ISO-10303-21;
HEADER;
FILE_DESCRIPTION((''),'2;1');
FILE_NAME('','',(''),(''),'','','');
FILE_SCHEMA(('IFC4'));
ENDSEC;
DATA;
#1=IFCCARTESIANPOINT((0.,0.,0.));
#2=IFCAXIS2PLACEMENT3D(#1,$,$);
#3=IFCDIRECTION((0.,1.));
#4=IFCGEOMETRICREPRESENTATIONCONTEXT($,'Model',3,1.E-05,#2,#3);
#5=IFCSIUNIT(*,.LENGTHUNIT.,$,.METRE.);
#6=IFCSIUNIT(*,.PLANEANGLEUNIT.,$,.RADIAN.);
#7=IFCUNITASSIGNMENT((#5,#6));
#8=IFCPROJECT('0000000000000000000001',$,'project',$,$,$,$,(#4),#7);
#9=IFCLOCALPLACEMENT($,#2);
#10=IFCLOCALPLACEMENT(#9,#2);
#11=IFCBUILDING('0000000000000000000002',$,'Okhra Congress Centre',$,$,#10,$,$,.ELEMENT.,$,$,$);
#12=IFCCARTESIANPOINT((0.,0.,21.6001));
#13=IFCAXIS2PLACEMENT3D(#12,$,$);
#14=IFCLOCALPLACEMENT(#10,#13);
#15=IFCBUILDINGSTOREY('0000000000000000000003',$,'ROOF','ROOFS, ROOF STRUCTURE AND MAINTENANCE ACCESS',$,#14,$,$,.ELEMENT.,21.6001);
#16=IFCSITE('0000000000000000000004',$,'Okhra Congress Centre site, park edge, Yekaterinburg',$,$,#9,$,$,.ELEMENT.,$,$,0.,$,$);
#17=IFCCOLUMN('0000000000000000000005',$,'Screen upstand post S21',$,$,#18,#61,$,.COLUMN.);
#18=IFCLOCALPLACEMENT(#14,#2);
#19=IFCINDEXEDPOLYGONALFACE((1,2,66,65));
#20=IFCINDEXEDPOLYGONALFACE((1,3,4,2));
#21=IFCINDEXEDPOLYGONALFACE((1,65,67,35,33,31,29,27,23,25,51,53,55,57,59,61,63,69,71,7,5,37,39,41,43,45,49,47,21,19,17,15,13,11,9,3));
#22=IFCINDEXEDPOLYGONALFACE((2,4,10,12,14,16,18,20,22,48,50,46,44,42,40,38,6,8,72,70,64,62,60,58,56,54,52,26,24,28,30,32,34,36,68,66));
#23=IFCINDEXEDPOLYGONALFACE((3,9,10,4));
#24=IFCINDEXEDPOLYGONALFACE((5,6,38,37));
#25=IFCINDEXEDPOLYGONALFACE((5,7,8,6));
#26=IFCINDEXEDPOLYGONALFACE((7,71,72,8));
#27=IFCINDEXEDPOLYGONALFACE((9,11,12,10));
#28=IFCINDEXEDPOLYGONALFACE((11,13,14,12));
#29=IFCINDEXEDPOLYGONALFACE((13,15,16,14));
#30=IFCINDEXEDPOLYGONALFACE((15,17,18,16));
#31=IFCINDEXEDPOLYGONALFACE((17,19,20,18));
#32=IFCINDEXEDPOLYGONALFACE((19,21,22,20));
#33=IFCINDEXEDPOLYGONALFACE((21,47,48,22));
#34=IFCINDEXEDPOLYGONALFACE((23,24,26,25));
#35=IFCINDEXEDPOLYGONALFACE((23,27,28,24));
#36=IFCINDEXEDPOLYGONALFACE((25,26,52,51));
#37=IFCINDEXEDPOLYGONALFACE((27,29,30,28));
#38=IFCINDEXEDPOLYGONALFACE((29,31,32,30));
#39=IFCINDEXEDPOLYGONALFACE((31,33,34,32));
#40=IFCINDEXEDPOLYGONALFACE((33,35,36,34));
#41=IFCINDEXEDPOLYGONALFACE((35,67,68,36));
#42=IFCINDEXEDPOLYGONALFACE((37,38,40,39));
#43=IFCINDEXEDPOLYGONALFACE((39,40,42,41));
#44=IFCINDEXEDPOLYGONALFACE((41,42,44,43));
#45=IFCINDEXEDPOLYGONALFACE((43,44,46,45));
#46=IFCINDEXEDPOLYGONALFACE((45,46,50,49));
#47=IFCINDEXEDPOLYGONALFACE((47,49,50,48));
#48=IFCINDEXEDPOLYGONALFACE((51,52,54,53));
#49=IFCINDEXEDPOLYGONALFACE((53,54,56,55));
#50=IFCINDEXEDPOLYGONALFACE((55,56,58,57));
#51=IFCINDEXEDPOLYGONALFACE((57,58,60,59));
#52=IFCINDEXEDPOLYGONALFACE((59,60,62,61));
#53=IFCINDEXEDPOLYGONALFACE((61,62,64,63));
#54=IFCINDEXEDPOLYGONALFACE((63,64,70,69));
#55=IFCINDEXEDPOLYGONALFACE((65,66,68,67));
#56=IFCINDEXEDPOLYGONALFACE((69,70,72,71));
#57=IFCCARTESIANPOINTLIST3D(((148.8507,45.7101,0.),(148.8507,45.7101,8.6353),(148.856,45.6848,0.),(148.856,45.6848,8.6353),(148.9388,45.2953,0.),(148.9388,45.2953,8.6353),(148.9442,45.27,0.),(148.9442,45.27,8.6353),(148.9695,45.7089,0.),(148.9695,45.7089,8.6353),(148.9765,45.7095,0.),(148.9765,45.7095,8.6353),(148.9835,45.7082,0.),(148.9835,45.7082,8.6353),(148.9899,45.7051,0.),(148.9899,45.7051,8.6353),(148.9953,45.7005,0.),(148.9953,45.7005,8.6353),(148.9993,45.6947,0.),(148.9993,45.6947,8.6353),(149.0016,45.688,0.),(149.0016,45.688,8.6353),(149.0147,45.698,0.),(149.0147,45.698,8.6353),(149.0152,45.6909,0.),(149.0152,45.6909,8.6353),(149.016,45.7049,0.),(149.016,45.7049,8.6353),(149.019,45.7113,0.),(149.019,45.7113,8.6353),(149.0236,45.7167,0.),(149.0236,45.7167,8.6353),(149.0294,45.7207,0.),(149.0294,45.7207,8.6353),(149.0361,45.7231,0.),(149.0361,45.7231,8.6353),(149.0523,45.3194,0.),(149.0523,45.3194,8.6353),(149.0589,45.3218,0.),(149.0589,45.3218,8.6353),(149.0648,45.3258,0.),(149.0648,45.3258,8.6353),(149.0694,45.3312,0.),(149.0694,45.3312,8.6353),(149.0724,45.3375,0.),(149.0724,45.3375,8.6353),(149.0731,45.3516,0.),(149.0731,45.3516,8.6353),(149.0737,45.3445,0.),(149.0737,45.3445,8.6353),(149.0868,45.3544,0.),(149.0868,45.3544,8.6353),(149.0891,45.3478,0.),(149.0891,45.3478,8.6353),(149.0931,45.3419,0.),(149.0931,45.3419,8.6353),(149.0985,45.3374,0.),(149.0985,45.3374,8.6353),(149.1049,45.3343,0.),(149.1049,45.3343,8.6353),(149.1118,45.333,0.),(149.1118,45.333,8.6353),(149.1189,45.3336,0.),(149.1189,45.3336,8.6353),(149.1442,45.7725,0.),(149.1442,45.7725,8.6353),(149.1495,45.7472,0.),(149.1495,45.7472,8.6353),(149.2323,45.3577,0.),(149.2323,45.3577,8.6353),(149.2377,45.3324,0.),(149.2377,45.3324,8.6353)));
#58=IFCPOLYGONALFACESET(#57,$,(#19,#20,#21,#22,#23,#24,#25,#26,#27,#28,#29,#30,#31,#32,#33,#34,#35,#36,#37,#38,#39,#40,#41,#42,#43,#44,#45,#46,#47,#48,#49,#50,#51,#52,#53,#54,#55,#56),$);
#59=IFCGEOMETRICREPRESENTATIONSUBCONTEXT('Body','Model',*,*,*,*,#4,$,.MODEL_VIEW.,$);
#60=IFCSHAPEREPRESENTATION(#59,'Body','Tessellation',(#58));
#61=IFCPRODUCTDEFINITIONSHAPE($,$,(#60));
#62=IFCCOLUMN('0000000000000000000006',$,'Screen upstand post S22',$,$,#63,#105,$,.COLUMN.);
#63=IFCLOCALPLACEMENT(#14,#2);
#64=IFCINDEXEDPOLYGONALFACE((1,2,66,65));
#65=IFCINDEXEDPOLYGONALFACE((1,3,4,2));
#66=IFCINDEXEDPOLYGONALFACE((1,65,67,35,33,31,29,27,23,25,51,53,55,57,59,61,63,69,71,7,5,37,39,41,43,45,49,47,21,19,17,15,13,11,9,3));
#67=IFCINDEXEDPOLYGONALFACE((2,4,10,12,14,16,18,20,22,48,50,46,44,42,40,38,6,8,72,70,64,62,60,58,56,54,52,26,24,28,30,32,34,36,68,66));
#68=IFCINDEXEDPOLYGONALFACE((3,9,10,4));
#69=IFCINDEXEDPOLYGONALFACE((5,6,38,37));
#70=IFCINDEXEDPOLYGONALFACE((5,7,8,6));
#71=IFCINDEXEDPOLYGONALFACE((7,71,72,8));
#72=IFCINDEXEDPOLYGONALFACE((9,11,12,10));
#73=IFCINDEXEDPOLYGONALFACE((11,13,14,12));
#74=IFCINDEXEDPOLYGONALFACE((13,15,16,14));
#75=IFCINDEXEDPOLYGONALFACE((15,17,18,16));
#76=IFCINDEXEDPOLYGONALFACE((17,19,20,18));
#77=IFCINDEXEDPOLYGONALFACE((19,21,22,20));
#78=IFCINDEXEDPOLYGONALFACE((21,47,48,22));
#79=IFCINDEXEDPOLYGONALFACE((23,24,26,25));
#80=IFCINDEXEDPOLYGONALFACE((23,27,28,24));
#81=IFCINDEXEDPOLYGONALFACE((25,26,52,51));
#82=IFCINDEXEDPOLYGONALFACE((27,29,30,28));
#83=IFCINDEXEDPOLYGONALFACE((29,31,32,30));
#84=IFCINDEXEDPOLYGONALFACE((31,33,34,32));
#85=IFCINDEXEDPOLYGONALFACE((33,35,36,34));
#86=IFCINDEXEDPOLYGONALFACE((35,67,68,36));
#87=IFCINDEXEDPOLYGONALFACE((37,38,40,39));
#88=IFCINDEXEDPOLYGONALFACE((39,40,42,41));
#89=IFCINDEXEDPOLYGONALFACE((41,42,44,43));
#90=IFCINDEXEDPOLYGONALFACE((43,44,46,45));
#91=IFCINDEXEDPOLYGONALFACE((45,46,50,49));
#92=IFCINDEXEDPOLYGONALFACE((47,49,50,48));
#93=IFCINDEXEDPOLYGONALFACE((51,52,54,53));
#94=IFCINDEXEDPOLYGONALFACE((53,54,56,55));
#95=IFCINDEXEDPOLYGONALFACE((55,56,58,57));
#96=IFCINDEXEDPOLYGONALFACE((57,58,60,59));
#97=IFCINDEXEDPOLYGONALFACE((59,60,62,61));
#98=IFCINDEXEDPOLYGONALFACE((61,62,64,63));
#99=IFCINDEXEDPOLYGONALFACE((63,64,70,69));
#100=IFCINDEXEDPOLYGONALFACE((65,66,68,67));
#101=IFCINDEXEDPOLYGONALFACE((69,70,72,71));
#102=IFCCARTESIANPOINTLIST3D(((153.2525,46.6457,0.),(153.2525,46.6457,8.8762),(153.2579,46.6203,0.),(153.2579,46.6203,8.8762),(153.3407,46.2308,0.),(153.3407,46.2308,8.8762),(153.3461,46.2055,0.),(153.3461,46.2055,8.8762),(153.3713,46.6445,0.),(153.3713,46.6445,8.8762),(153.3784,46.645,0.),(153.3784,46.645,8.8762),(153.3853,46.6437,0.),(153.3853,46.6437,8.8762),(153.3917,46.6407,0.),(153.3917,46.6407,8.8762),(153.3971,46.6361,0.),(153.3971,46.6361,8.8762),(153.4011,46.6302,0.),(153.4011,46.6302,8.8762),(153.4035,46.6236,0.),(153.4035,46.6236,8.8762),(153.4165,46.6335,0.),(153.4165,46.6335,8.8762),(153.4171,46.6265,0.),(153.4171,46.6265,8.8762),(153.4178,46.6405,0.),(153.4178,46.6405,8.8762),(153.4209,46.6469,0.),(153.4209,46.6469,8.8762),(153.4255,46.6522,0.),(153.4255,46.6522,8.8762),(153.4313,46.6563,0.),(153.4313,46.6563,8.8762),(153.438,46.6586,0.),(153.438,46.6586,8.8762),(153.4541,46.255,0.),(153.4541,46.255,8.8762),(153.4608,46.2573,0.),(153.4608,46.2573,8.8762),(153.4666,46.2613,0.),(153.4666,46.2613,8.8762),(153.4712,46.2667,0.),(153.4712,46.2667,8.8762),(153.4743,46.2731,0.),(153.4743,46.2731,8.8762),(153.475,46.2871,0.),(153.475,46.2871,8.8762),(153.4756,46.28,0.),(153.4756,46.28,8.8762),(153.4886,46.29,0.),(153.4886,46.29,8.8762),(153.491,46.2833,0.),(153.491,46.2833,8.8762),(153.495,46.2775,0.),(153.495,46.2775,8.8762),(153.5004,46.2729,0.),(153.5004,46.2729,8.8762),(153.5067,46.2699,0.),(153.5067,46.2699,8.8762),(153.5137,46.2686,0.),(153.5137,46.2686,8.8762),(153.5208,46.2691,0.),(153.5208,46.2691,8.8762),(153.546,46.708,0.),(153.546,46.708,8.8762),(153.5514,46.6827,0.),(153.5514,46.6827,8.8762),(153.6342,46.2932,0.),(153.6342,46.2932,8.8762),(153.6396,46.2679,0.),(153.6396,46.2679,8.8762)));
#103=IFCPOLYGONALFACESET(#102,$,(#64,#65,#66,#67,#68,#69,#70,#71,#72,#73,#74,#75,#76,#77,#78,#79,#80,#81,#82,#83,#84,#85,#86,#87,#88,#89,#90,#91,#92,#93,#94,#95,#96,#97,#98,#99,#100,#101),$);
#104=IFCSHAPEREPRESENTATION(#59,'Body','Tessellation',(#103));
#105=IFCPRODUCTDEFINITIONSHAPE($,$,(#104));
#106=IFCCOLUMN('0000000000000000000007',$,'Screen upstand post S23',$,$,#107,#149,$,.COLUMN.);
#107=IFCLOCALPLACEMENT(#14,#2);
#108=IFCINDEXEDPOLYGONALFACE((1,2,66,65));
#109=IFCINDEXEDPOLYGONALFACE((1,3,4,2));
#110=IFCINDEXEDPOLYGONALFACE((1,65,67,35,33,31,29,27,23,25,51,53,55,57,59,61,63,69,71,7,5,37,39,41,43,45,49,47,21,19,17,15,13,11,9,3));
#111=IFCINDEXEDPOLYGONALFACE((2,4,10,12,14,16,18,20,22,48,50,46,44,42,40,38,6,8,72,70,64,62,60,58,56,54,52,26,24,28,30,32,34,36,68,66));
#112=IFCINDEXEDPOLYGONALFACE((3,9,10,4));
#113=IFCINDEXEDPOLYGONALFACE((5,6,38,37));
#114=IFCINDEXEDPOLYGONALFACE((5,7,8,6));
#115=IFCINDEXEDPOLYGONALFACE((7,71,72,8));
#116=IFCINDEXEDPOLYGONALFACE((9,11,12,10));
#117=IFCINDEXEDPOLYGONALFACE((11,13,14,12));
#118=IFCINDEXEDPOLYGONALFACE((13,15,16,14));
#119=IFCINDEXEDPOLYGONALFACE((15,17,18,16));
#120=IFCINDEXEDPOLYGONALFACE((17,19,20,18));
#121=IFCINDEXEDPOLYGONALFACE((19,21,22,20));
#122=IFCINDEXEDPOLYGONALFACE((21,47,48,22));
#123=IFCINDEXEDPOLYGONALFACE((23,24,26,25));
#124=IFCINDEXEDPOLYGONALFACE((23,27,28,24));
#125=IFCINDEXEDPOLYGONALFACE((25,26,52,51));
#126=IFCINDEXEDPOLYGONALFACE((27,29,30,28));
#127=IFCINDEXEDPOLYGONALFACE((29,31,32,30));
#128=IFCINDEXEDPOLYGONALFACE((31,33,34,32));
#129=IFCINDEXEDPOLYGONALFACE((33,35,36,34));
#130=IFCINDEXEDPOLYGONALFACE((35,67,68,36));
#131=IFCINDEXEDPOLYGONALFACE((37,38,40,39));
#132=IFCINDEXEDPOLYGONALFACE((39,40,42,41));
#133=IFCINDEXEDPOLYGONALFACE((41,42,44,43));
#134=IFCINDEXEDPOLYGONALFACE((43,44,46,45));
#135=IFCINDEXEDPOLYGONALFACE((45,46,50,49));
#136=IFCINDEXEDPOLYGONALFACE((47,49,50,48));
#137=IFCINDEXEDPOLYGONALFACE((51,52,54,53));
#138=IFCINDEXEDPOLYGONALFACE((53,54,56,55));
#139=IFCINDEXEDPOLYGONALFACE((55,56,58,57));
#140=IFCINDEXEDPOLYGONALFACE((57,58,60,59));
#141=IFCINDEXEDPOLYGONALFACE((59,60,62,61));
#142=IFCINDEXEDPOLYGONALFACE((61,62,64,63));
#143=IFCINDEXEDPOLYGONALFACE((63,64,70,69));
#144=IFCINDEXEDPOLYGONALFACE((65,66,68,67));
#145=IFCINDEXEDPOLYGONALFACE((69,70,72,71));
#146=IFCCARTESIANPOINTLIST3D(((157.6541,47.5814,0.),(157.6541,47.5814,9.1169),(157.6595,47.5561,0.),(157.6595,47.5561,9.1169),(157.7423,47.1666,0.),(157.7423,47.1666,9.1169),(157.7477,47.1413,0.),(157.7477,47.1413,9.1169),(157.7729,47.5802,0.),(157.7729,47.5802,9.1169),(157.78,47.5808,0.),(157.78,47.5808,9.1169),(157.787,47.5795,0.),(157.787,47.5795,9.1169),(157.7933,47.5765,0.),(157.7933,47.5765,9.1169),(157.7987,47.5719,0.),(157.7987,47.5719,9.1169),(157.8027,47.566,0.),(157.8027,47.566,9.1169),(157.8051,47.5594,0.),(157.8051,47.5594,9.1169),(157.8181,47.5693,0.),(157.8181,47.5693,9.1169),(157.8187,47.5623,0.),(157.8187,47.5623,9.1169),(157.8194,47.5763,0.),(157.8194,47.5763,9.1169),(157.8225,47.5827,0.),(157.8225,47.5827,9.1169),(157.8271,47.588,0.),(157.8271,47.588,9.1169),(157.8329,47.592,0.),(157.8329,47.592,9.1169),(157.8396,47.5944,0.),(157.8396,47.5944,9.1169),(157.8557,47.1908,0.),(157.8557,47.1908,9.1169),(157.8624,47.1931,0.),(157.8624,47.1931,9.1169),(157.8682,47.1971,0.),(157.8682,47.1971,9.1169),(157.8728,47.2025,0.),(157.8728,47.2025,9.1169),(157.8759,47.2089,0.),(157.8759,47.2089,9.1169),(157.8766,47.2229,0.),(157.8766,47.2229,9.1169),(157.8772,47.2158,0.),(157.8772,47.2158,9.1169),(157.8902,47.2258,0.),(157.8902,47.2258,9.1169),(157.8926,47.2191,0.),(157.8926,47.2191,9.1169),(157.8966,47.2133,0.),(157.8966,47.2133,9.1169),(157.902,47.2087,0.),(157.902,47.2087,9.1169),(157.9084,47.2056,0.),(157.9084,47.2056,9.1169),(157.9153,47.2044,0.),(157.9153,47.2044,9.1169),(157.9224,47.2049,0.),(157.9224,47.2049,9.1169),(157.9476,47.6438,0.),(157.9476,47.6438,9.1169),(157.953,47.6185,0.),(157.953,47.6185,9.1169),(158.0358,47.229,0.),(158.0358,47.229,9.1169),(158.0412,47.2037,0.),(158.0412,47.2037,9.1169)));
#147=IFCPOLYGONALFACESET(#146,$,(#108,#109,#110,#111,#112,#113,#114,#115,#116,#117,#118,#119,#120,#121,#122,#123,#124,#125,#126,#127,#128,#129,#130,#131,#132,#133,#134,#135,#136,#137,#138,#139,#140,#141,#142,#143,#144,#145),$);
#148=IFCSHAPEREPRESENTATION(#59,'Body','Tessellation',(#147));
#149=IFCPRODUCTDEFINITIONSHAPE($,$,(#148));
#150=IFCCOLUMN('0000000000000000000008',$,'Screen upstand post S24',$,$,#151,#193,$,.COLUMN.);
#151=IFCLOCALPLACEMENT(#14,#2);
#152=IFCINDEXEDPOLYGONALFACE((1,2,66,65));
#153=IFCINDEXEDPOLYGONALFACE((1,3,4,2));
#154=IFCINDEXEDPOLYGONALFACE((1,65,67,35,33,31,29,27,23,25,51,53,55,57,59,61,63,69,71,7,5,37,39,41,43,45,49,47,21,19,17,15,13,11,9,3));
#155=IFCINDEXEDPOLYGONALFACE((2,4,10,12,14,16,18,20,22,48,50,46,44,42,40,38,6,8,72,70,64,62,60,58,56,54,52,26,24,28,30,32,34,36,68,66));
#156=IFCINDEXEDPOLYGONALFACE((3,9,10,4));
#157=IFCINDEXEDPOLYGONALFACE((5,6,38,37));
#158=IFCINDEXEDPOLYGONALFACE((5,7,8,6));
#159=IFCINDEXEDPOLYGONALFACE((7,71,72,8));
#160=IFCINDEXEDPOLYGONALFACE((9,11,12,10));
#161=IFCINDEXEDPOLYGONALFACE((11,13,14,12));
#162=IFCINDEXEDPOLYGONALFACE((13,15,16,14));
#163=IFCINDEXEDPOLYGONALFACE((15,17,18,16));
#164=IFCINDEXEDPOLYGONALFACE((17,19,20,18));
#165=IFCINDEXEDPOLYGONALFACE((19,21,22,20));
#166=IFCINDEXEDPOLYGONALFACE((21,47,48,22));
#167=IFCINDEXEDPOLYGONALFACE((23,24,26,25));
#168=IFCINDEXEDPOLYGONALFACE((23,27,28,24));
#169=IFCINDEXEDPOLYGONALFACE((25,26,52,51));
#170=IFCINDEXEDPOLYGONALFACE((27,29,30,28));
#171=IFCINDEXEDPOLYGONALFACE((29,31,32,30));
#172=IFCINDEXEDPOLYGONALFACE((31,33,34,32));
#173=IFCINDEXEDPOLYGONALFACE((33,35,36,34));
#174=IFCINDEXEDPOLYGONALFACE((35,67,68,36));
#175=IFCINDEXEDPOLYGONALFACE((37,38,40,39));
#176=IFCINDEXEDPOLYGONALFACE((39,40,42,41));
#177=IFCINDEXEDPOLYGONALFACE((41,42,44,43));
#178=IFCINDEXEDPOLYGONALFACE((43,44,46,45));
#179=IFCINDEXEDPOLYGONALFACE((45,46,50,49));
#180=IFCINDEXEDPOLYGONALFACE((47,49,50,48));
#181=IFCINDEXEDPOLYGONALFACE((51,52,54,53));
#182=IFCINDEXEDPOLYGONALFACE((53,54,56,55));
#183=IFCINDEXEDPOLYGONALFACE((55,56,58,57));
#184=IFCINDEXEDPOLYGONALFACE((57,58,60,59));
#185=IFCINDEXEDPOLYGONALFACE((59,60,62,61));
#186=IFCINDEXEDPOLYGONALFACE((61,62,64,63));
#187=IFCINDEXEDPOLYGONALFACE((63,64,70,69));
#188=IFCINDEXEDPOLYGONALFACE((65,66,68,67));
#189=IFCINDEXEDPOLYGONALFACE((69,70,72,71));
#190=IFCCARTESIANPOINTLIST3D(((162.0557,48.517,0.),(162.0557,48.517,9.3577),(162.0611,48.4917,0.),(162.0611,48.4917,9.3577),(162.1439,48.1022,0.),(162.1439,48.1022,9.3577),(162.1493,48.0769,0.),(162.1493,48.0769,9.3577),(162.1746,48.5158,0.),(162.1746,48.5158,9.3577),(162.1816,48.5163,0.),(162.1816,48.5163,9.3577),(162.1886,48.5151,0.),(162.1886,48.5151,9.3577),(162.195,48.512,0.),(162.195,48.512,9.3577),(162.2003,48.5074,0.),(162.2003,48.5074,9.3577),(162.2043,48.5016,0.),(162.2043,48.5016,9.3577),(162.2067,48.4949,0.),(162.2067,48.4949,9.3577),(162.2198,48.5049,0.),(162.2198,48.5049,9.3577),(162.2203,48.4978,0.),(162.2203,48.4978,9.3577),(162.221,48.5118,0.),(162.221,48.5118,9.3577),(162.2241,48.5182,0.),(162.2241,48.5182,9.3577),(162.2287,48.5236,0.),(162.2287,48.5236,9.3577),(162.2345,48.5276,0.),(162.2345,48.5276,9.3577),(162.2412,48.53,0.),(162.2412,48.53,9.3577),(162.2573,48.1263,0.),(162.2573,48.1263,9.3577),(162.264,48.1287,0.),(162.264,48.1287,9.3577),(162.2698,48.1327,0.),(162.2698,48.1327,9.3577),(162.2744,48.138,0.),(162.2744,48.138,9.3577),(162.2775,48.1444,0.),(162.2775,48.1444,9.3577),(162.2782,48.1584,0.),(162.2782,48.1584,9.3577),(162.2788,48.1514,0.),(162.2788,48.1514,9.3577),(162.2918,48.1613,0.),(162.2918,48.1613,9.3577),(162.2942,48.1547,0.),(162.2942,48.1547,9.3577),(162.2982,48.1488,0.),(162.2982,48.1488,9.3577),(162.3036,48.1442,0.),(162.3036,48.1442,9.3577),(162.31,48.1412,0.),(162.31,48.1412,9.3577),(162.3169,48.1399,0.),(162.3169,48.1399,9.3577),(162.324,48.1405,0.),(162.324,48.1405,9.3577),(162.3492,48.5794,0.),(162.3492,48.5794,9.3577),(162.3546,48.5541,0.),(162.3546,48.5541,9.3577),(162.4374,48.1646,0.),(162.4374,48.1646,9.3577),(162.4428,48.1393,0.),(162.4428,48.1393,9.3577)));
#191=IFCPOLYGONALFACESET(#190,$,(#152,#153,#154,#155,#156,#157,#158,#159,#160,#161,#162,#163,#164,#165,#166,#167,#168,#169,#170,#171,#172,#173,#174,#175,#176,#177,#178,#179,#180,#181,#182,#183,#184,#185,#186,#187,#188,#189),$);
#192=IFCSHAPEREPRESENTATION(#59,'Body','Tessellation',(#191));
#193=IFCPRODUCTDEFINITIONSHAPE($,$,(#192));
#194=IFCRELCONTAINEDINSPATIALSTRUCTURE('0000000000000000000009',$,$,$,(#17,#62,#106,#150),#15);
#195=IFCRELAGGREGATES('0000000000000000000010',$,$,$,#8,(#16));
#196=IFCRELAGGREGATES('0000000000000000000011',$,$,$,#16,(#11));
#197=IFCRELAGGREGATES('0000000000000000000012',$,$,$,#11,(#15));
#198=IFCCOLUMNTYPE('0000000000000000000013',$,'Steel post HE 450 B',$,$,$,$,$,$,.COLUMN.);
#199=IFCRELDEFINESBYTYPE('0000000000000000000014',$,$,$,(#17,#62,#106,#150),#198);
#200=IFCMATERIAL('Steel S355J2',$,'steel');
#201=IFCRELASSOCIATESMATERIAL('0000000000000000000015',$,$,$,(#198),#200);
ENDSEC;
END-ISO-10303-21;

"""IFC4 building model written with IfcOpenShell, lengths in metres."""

from ifc_helpers import new_model, si_unit, direction, frame, origin, origin_2d, place, context, subcontext, project, spatial, i_section, extrude, material, material_profile, profile_set, type_object, element, save


model = new_model("IFC4")

# Units and contexts
model_context = context("Model", 3, precision=1e-05, world=origin(), true_north=direction((0.0, 1.0)))
body_context = subcontext(model_context, "Body", "Model", "MODEL_VIEW")
ifc_project = project(units=[si_unit("LENGTHUNIT", "METRE"), si_unit("PLANEANGLEUNIT", "RADIAN")], contexts=[model_context])

# Site, building, storey
site_placement = place(None, origin())
site = spatial("IfcSite", under=ifc_project, at=site_placement, Name="Okhra Congress Centre site, park edge, Yekaterinburg", CompositionType="ELEMENT", RefElevation=0.0)
building_placement = place(site_placement, origin())
building = spatial("IfcBuilding", under=site, at=building_placement, Name="Okhra Congress Centre", CompositionType="ELEMENT")
storey_placement = place(building_placement, frame((0.0, 0.0, 21.6001)))
storey = spatial("IfcBuildingStorey", under=building, at=storey_placement, Name="ROOF", Description="ROOFS, ROOF STRUCTURE AND MAINTENANCE ACCESS", CompositionType="ELEMENT", Elevation=21.6001)

# Columns
ifc_material_1 = material(Name="Steel S355J2", Category="steel")
ifc_material_profile_1 = material_profile(ifc_material_1, i_section(OverallWidth=0.3, OverallDepth=0.45, WebThickness=0.0139, FlangeThickness=0.0259, FilletRadius=0.0271, at=origin_2d()), Name="HE 450 B")
ifc_profile_set_1 = profile_set([ifc_material_profile_1], Name="Steel S355J2")
column_type = type_object("IfcColumnType", Name="Steel post HE 450 B", PredefinedType="COLUMN", material=ifc_profile_set_1)
column_1_placement = place(storey_placement, frame((149.0442, 45.5212, 0.0), z_axis=(0.0, 0.0, 1.0), x_axis=(0.978148, 0.207912, 0.0)))
element("IfcColumn", 1, at=column_1_placement, inside=storey, type_object=column_type, Name="Screen upstand post S21", PredefinedType="COLUMN", context=body_context, shape_type="SweptSolid", body=[
    extrude(i_section(OverallWidth=0.3, OverallDepth=0.45, WebThickness=0.0139, FlangeThickness=0.0259, FilletRadius=0.0271, at=origin_2d()), origin(), (0.0, 0.0, 1.0), 8.6353),
])
column_2_placement = place(storey_placement, frame((153.446, 46.4568, 0.0), z_axis=(0.0, 0.0, 1.0), x_axis=(0.978148, 0.207912, 0.0)))
element("IfcColumn", 2, at=column_2_placement, inside=storey, type_object=column_type, Name="Screen upstand post S22", PredefinedType="COLUMN", context=body_context, shape_type="SweptSolid", body=[
    extrude(i_section(OverallWidth=0.3, OverallDepth=0.45, WebThickness=0.0139, FlangeThickness=0.0259, FilletRadius=0.0271, at=origin_2d()), origin(), (0.0, 0.0, 1.0), 8.8762),
])
column_3_placement = place(storey_placement, frame((157.8477, 47.3926, 0.0), z_axis=(0.0, 0.0, 1.0), x_axis=(0.978148, 0.207912, 0.0)))
element("IfcColumn", 3, at=column_3_placement, inside=storey, type_object=column_type, Name="Screen upstand post S23", PredefinedType="COLUMN", context=body_context, shape_type="SweptSolid", body=[
    extrude(i_section(OverallWidth=0.3, OverallDepth=0.45, WebThickness=0.0139, FlangeThickness=0.0259, FilletRadius=0.0271, at=origin_2d()), origin(), (0.0, 0.0, 1.0), 9.1169),
])
column_4_placement = place(storey_placement, frame((162.2493, 48.3281, 0.0), z_axis=(0.0, 0.0, 1.0), x_axis=(0.978148, 0.207912, 0.0)))
element("IfcColumn", 4, at=column_4_placement, inside=storey, type_object=column_type, Name="Screen upstand post S24", PredefinedType="COLUMN", context=body_context, shape_type="SweptSolid", body=[
    extrude(i_section(OverallWidth=0.3, OverallDepth=0.45, WebThickness=0.0139, FlangeThickness=0.0259, FilletRadius=0.0271, at=origin_2d()), origin(), (0.0, 0.0, 1.0), 9.3577),
])

save(model, "model.ifc")
